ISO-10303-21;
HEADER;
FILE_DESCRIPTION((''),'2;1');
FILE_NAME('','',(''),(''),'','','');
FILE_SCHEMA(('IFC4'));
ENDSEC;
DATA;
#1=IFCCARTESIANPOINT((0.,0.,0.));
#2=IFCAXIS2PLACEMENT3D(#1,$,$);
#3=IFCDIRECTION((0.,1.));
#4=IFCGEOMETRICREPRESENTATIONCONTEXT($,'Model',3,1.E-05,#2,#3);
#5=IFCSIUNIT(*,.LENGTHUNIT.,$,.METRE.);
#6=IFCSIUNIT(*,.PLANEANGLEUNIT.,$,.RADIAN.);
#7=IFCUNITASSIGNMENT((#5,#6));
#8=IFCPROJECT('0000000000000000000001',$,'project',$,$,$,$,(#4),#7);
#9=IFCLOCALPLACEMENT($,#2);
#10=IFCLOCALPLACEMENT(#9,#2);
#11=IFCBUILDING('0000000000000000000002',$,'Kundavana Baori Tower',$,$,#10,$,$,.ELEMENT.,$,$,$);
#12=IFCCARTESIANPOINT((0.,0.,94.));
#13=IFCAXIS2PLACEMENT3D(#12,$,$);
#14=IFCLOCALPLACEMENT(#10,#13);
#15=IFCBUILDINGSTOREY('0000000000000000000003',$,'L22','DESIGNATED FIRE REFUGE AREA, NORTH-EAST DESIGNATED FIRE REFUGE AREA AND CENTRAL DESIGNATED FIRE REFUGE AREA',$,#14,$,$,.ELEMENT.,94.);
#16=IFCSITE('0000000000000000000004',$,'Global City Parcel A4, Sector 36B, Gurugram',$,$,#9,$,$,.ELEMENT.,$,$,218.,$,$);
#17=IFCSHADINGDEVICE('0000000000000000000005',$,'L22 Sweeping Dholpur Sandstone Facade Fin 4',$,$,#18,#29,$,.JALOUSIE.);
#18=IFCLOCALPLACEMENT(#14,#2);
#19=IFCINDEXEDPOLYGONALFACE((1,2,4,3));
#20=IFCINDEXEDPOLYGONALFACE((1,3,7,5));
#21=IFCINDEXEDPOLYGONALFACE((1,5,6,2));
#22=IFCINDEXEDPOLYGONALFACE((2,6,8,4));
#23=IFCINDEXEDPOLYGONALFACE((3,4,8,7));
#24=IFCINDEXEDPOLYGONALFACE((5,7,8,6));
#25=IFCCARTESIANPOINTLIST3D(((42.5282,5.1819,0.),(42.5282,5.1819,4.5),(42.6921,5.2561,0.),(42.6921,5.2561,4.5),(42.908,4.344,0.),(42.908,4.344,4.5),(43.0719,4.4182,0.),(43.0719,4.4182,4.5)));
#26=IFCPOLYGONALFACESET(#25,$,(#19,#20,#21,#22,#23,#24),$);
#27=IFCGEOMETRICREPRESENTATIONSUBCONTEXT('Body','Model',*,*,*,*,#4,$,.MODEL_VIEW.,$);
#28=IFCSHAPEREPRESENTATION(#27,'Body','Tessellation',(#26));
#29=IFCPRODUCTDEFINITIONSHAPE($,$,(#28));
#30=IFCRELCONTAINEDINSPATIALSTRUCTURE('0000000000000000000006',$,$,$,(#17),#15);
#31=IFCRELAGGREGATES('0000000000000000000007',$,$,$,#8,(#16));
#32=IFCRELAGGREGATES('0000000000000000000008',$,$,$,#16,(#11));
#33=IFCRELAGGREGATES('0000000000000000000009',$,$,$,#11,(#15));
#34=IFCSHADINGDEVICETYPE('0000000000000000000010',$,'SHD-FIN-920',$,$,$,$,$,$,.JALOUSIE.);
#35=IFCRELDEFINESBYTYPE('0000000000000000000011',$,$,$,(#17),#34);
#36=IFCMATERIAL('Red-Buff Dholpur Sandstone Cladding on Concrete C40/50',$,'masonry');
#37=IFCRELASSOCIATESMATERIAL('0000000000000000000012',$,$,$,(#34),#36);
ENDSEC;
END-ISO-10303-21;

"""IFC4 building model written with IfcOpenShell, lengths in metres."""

from ifc_helpers import new_model, si_unit, direction, frame, origin, origin_2d, place, context, subcontext, project, spatial, rectangle, extrude, material, type_object, element, save


model = new_model("IFC4")

# Units and contexts
model_context = context("Model", 3, precision=1e-05, world=origin(), true_north=direction((0.0, 1.0)))
body_context = subcontext(model_context, "Body", "Model", "MODEL_VIEW")
ifc_project = project(units=[si_unit("LENGTHUNIT", "METRE"), si_unit("PLANEANGLEUNIT", "RADIAN")], contexts=[model_context])

# Site, building, storey
site_placement = place(None, origin())
site = spatial("IfcSite", under=ifc_project, at=site_placement, Name="Global City Parcel A4, Sector 36B, Gurugram", CompositionType="ELEMENT", RefElevation=218.0)
building_placement = place(site_placement, origin())
building = spatial("IfcBuilding", under=site, at=building_placement, Name="Kundavana Baori Tower", CompositionType="ELEMENT")
storey_placement = place(building_placement, frame((0.0, 0.0, 94.0)))
storey = spatial("IfcBuildingStorey", under=building, at=storey_placement, Name="L22", Description="DESIGNATED FIRE REFUGE AREA, NORTH-EAST DESIGNATED FIRE REFUGE AREA AND CENTRAL DESIGNATED FIRE REFUGE AREA", CompositionType="ELEMENT", Elevation=94.0)

# Shading device
ifc_material_1 = material(Name="Red-Buff Dholpur Sandstone Cladding on Concrete C40/50", Category="masonry")
shading_device_type = type_object("IfcShadingDeviceType", Name="SHD-FIN-920", PredefinedType="JALOUSIE", material=ifc_material_1)
shading_device_placement = place(storey_placement, frame((42.8, 4.8, 0.0), z_axis=(0.0, 0.0, 1.0), x_axis=(0.910828, 0.412787, 0.0)))
element("IfcShadingDevice", 1, at=shading_device_placement, inside=storey, type_object=shading_device_type, Name="L22 Sweeping Dholpur Sandstone Facade Fin 4", PredefinedType="JALOUSIE", context=body_context, shape_type="SweptSolid", body=[
    extrude(rectangle(XDim=0.1799, YDim=0.9199, at=origin_2d()), origin(), (0.0, 0.0, 1.0), 4.5),
])

save(model, "model.ifc")
